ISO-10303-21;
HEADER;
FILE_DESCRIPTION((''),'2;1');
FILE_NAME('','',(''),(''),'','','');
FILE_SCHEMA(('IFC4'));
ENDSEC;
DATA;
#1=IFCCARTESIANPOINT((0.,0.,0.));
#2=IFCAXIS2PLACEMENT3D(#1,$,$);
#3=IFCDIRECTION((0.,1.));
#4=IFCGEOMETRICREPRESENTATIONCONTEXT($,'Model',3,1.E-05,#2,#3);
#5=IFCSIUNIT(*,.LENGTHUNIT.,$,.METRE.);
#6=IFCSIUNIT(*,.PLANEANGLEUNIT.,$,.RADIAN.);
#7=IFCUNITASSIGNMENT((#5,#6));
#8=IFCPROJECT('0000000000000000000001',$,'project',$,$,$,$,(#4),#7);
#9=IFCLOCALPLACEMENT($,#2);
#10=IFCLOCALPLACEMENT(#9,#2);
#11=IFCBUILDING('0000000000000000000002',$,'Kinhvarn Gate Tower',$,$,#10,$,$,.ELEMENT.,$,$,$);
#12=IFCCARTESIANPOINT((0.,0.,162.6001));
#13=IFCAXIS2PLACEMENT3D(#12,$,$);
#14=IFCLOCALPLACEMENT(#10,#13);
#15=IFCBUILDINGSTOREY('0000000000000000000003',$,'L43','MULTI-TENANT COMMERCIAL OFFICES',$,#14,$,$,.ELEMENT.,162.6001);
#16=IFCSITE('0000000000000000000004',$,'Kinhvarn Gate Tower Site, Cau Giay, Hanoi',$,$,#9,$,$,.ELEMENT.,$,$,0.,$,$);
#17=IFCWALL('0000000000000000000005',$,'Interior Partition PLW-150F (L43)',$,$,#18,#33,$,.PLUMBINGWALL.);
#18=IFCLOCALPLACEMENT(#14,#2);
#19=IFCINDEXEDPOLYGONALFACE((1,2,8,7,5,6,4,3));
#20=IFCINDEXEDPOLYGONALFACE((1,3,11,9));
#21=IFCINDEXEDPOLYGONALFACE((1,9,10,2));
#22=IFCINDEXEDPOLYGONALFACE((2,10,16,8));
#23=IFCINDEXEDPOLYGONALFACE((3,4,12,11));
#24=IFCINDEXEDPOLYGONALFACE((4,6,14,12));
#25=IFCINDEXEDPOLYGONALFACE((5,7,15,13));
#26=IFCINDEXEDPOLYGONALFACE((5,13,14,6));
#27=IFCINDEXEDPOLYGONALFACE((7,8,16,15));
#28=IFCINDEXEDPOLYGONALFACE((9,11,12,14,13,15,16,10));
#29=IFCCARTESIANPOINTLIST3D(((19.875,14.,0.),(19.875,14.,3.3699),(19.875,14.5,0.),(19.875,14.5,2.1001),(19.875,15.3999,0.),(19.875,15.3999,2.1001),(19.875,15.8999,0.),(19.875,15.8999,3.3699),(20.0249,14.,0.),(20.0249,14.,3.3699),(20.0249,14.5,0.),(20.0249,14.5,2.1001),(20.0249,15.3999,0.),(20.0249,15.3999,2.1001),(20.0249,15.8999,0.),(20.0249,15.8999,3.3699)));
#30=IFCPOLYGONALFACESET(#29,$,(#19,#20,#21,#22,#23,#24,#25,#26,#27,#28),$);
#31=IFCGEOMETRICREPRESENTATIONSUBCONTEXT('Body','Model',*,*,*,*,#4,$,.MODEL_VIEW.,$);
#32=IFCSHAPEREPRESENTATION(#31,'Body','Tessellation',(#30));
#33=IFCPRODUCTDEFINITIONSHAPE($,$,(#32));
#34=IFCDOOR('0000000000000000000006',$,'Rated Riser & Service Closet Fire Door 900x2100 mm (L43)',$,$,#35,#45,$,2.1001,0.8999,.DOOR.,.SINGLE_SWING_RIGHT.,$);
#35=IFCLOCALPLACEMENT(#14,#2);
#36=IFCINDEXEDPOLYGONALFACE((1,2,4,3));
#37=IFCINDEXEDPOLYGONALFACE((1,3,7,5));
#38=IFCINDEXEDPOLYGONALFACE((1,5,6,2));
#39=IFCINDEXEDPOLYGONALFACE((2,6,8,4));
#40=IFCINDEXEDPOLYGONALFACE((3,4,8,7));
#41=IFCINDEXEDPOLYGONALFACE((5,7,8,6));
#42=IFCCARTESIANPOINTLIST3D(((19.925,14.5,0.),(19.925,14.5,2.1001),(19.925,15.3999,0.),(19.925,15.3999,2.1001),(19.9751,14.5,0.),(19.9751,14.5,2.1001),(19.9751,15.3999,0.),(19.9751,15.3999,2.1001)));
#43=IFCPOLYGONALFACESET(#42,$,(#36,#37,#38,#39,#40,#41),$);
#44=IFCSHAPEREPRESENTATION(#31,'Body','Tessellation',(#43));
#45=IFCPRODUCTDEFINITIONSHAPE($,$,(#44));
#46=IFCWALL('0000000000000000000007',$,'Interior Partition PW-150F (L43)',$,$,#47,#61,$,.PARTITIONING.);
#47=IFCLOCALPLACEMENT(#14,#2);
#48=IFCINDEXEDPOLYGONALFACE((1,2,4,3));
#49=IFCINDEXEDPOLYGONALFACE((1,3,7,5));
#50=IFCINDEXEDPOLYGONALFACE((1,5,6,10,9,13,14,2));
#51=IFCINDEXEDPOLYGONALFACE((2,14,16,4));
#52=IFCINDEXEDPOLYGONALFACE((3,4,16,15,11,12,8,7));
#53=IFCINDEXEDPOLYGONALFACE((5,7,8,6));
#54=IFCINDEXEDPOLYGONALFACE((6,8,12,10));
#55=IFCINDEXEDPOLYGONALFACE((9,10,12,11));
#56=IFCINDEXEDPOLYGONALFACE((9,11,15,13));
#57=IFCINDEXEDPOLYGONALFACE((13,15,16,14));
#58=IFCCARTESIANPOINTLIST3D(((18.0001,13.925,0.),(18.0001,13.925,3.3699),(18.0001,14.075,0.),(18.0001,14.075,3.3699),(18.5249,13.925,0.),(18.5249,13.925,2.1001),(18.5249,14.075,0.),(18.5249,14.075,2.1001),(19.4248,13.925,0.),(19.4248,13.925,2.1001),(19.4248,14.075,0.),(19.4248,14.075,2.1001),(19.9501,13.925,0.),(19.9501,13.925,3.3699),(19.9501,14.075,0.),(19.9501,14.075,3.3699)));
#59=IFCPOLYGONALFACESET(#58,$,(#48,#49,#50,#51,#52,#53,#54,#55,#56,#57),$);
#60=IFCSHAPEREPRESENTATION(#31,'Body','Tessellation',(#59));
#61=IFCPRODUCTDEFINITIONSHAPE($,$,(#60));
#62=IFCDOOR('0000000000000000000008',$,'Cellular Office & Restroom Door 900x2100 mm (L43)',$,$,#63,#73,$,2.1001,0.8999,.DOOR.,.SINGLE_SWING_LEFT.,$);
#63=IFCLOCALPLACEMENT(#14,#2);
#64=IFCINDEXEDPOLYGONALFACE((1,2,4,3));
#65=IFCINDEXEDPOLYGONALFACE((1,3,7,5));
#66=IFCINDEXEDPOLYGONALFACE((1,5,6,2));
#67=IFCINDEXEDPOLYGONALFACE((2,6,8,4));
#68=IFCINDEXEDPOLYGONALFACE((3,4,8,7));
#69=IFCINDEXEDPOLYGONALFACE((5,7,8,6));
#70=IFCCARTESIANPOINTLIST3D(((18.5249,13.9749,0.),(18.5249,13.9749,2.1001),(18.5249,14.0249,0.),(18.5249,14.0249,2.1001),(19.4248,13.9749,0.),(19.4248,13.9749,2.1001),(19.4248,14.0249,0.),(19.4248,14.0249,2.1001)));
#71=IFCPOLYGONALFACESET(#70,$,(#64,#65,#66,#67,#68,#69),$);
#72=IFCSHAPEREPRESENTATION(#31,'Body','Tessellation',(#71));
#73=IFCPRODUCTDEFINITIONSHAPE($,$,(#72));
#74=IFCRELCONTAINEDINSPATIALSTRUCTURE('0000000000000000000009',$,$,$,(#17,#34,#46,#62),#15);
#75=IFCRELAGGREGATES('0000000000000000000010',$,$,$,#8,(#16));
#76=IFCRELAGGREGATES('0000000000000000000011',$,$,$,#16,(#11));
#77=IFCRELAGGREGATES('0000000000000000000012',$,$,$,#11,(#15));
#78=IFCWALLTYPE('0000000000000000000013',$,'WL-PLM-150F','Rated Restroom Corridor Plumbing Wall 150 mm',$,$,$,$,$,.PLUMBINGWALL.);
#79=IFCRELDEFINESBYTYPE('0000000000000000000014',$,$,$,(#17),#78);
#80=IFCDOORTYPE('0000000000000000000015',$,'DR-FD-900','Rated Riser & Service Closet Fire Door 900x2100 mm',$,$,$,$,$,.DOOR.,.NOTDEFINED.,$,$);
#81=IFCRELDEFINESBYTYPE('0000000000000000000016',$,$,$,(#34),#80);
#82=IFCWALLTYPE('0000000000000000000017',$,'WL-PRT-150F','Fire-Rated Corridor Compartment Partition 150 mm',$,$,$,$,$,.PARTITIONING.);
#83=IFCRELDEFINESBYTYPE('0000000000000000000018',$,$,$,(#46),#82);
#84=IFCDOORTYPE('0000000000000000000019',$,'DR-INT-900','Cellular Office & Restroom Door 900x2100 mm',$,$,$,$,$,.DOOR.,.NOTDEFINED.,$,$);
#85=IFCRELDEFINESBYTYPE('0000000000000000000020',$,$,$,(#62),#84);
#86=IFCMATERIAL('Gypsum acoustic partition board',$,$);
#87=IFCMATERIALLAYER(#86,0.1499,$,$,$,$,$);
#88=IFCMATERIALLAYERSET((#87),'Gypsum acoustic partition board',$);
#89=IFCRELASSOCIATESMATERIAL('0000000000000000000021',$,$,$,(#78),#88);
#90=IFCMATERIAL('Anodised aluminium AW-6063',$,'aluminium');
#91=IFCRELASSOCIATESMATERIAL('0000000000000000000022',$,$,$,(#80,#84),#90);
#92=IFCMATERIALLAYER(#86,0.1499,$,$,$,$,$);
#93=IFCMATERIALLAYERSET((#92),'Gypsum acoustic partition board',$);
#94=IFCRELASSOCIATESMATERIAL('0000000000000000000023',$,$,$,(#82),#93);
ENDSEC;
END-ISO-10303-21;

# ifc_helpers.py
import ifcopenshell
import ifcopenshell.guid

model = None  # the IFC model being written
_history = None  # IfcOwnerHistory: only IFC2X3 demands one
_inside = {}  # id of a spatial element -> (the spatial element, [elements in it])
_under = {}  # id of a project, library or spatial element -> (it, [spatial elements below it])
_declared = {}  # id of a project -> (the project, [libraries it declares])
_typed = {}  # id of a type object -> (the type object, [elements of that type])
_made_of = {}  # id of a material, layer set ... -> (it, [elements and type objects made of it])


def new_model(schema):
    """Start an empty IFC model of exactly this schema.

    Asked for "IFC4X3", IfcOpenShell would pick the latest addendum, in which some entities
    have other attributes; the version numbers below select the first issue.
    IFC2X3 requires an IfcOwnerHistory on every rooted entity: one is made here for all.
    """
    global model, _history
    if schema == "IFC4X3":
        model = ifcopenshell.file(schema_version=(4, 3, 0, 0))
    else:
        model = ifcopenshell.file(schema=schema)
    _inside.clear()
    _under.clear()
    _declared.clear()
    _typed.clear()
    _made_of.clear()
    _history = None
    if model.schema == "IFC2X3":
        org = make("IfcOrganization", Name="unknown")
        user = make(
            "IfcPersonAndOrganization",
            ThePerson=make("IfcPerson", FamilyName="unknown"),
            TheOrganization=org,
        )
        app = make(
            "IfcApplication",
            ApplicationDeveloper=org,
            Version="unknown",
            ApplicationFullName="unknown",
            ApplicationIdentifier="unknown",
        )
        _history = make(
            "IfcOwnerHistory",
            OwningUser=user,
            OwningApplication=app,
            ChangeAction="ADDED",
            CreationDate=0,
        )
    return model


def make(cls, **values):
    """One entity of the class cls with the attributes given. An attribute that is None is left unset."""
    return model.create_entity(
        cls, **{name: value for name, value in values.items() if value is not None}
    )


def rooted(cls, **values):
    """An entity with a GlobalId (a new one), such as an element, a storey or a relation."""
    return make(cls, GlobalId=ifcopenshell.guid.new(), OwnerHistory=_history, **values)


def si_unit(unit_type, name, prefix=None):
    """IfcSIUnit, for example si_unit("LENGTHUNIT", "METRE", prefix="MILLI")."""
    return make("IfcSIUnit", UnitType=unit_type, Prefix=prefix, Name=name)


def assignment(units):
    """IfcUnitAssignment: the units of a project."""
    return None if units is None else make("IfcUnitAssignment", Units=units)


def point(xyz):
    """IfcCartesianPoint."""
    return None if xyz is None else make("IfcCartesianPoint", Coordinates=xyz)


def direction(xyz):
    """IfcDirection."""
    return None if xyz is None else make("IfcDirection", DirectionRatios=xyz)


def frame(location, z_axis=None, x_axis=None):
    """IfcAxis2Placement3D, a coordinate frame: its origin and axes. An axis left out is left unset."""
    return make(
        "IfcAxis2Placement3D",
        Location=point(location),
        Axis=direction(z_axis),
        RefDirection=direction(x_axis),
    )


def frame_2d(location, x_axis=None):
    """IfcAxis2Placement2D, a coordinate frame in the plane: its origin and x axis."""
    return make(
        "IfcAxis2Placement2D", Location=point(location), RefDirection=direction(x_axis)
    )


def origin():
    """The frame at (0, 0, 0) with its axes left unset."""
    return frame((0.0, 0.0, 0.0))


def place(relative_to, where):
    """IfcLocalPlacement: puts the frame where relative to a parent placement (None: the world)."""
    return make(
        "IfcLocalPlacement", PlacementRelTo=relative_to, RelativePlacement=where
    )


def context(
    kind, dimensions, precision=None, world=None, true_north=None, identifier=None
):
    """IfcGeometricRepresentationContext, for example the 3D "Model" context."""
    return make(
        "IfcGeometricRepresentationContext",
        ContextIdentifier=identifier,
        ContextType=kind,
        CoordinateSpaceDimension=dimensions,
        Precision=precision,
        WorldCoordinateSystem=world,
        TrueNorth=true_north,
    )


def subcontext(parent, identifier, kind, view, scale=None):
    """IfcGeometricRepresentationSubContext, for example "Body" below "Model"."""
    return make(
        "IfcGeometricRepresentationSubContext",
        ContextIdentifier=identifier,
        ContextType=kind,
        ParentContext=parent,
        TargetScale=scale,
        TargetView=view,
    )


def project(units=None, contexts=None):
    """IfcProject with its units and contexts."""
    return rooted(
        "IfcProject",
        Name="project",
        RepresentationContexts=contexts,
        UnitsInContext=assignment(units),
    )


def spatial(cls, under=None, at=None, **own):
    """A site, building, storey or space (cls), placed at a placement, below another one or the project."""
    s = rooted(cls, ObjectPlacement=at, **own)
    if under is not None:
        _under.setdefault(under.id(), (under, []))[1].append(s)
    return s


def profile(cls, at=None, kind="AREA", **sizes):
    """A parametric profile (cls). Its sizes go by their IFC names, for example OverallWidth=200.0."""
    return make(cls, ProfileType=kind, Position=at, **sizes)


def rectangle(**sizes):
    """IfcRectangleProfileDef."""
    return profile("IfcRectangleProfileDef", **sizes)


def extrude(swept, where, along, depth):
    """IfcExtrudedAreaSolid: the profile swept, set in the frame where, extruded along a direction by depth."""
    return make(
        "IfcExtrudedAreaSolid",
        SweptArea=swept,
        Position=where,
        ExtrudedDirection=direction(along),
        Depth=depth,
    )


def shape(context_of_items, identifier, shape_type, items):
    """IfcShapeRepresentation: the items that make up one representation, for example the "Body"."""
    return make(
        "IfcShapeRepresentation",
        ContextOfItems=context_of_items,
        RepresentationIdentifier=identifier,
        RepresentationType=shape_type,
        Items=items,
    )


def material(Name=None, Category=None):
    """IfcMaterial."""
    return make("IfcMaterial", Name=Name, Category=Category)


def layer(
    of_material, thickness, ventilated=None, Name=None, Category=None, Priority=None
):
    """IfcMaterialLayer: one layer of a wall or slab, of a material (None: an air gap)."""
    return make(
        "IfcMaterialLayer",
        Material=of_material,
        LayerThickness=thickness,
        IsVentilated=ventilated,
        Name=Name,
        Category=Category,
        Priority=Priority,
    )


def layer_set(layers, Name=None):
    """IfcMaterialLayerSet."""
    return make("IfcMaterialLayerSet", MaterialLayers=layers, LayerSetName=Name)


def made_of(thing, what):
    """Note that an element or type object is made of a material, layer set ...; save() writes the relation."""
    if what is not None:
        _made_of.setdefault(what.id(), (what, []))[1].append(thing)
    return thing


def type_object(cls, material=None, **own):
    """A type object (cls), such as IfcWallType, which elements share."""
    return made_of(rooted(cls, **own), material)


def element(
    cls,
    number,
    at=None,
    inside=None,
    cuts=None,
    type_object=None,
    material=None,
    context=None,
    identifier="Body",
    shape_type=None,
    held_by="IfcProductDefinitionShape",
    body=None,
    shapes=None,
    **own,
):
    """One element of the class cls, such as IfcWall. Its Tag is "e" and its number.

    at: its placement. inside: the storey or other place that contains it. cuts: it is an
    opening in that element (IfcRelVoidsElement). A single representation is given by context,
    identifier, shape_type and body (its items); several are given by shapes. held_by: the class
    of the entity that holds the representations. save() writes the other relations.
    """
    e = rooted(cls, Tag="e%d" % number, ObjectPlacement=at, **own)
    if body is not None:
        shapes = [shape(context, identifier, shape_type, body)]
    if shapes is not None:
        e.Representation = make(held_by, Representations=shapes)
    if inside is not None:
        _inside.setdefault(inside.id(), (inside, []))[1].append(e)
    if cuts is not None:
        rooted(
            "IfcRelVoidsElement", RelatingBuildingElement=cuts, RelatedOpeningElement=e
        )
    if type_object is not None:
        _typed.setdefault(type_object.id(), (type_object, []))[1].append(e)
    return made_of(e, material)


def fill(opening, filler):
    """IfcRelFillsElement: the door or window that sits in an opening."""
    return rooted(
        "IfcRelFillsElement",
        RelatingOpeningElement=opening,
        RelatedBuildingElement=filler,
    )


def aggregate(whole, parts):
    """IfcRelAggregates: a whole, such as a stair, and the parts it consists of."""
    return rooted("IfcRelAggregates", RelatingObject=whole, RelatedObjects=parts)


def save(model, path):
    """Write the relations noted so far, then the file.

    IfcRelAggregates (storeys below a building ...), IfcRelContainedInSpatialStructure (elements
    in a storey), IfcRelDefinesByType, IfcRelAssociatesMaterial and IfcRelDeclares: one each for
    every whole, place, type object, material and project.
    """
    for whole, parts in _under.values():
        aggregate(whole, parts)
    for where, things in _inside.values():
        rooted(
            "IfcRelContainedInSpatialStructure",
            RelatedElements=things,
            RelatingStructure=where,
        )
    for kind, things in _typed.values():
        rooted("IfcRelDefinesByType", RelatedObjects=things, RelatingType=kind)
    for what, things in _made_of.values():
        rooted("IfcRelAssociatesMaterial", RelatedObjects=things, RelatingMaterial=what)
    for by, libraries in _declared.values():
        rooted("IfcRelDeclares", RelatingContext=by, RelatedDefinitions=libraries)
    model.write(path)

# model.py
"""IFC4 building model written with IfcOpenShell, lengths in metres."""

from ifc_helpers import new_model, si_unit, direction, frame, frame_2d, origin, place, context, subcontext, project, spatial, rectangle, extrude, material, layer, layer_set, type_object, element, fill, save


model = new_model("IFC4")

# Units and contexts
model_context = context("Model", 3, precision=1e-05, world=origin(), true_north=direction((0.0, 1.0)))
body_context = subcontext(model_context, "Body", "Model", "MODEL_VIEW")
ifc_project = project(units=[si_unit("LENGTHUNIT", "METRE"), si_unit("PLANEANGLEUNIT", "RADIAN")], contexts=[model_context])

# Site, building, storey
site_placement = place(None, origin())
site = spatial("IfcSite", under=ifc_project, at=site_placement, Name="Kinhvarn Gate Tower Site, Cau Giay, Hanoi", CompositionType="ELEMENT", RefElevation=0.0)
building_placement = place(site_placement, origin())
building = spatial("IfcBuilding", under=site, at=building_placement, Name="Kinhvarn Gate Tower", CompositionType="ELEMENT")
storey_placement = place(building_placement, frame((0.0, 0.0, 162.6001)))
storey = spatial("IfcBuildingStorey", under=building, at=storey_placement, Name="L43", Description="MULTI-TENANT COMMERCIAL OFFICES", CompositionType="ELEMENT", Elevation=162.6001)

# Shared definitions
ifc_material_1 = material(Name="Anodised aluminium AW-6063", Category="aluminium")

# Walls, openings, doors
ifc_material_2 = material(Name="Gypsum acoustic partition board")
ifc_layer_1 = layer(ifc_material_2, 0.1499)
ifc_layer_set_1 = layer_set([ifc_layer_1], Name="Gypsum acoustic partition board")
wall_type_1 = type_object("IfcWallType", Name="WL-PLM-150F", Description="Rated Restroom Corridor Plumbing Wall 150 mm", PredefinedType="PLUMBINGWALL", material=ifc_layer_set_1)
wall_1_placement = place(storey_placement, frame((19.95, 14.0, 0.0), z_axis=(0.0, 0.0, 1.0), x_axis=(0.0, 1.0, 0.0)))
wall_1 = element("IfcWall", 1, at=wall_1_placement, inside=storey, type_object=wall_type_1, Name="Interior Partition PLW-150F (L43)", PredefinedType="PLUMBINGWALL", context=body_context, shape_type="SweptSolid", body=[
    extrude(rectangle(XDim=1.8999, YDim=0.1499, at=frame_2d((0.95, 0.0))), origin(), (0.0, 0.0, 1.0), 3.3699),
])
opening_1_placement = place(wall_1_placement, frame((0.5, 0.0, 0.0)))
opening_1 = element("IfcOpeningElement", 2, at=opening_1_placement, cuts=wall_1, PredefinedType="OPENING", context=body_context, shape_type="SweptSolid", body=[
    extrude(rectangle(XDim=0.8999, YDim=2.1001, at=frame_2d((0.45, 1.05))), frame((0.0, 0.085, 0.0), z_axis=(0.0, -1.0, 0.0), x_axis=(1.0, 0.0, 0.0)), (0.0, 0.0, 1.0), 0.1699),
])
door_type_1 = type_object("IfcDoorType", Name="DR-FD-900", Description="Rated Riser & Service Closet Fire Door 900x2100 mm", OperationType="NOTDEFINED", PredefinedType="DOOR", material=ifc_material_1)
door_1_placement = place(opening_1_placement, origin())
door_1 = element("IfcDoor", 3, at=door_1_placement, inside=storey, type_object=door_type_1, Name="Rated Riser & Service Closet Fire Door 900x2100 mm (L43)", OperationType="SINGLE_SWING_RIGHT", OverallHeight=2.1001, OverallWidth=0.8999, PredefinedType="DOOR", context=body_context, shape_type="SweptSolid", body=[
    extrude(rectangle(XDim=0.8999, YDim=2.1001, at=frame_2d((0.45, 1.05))), frame((0.0, 0.0249, 0.0), z_axis=(0.0, -1.0, 0.0), x_axis=(1.0, 0.0, 0.0)), (0.0, 0.0, 1.0), 0.05),
])
fill(opening_1, door_1)
ifc_layer_2 = layer(ifc_material_2, 0.1499)
ifc_layer_set_2 = layer_set([ifc_layer_2], Name="Gypsum acoustic partition board")
wall_type_2 = type_object("IfcWallType", Name="WL-PRT-150F", Description="Fire-Rated Corridor Compartment Partition 150 mm", PredefinedType="PARTITIONING", material=ifc_layer_set_2)
wall_2_placement = place(storey_placement, frame((18.0, 14.0, 0.0), z_axis=(0.0, 0.0, 1.0), x_axis=(1.0, 0.0, 0.0)))
wall_2 = element("IfcWall", 4, at=wall_2_placement, inside=storey, type_object=wall_type_2, Name="Interior Partition PW-150F (L43)", PredefinedType="PARTITIONING", context=body_context, shape_type="SweptSolid", body=[
    extrude(rectangle(XDim=1.95, YDim=0.1499, at=frame_2d((0.9751, 0.0))), origin(), (0.0, 0.0, 1.0), 3.3699),
])
opening_2_placement = place(wall_2_placement, frame((0.5249, 0.0, 0.0)))
opening_2 = element("IfcOpeningElement", 5, at=opening_2_placement, cuts=wall_2, PredefinedType="OPENING", context=body_context, shape_type="SweptSolid", body=[
    extrude(rectangle(XDim=0.8999, YDim=2.1001, at=frame_2d((0.45, 1.05))), frame((0.0, 0.085, 0.0), z_axis=(0.0, -1.0, 0.0), x_axis=(1.0, 0.0, 0.0)), (0.0, 0.0, 1.0), 0.1699),
])
door_type_2 = type_object("IfcDoorType", Name="DR-INT-900", Description="Cellular Office & Restroom Door 900x2100 mm", OperationType="NOTDEFINED", PredefinedType="DOOR", material=ifc_material_1)
door_2_placement = place(opening_2_placement, origin())
door_2 = element("IfcDoor", 6, at=door_2_placement, inside=storey, type_object=door_type_2, Name="Cellular Office & Restroom Door 900x2100 mm (L43)", OperationType="SINGLE_SWING_LEFT", OverallHeight=2.1001, OverallWidth=0.8999, PredefinedType="DOOR", context=body_context, shape_type="SweptSolid", body=[
    extrude(rectangle(XDim=0.8999, YDim=2.1001, at=frame_2d((0.45, 1.05))), frame((0.0, 0.0249, 0.0), z_axis=(0.0, -1.0, 0.0), x_axis=(1.0, 0.0, 0.0)), (0.0, 0.0, 1.0), 0.05),
])
fill(opening_2, door_2)

save(model, "model.ifc")
